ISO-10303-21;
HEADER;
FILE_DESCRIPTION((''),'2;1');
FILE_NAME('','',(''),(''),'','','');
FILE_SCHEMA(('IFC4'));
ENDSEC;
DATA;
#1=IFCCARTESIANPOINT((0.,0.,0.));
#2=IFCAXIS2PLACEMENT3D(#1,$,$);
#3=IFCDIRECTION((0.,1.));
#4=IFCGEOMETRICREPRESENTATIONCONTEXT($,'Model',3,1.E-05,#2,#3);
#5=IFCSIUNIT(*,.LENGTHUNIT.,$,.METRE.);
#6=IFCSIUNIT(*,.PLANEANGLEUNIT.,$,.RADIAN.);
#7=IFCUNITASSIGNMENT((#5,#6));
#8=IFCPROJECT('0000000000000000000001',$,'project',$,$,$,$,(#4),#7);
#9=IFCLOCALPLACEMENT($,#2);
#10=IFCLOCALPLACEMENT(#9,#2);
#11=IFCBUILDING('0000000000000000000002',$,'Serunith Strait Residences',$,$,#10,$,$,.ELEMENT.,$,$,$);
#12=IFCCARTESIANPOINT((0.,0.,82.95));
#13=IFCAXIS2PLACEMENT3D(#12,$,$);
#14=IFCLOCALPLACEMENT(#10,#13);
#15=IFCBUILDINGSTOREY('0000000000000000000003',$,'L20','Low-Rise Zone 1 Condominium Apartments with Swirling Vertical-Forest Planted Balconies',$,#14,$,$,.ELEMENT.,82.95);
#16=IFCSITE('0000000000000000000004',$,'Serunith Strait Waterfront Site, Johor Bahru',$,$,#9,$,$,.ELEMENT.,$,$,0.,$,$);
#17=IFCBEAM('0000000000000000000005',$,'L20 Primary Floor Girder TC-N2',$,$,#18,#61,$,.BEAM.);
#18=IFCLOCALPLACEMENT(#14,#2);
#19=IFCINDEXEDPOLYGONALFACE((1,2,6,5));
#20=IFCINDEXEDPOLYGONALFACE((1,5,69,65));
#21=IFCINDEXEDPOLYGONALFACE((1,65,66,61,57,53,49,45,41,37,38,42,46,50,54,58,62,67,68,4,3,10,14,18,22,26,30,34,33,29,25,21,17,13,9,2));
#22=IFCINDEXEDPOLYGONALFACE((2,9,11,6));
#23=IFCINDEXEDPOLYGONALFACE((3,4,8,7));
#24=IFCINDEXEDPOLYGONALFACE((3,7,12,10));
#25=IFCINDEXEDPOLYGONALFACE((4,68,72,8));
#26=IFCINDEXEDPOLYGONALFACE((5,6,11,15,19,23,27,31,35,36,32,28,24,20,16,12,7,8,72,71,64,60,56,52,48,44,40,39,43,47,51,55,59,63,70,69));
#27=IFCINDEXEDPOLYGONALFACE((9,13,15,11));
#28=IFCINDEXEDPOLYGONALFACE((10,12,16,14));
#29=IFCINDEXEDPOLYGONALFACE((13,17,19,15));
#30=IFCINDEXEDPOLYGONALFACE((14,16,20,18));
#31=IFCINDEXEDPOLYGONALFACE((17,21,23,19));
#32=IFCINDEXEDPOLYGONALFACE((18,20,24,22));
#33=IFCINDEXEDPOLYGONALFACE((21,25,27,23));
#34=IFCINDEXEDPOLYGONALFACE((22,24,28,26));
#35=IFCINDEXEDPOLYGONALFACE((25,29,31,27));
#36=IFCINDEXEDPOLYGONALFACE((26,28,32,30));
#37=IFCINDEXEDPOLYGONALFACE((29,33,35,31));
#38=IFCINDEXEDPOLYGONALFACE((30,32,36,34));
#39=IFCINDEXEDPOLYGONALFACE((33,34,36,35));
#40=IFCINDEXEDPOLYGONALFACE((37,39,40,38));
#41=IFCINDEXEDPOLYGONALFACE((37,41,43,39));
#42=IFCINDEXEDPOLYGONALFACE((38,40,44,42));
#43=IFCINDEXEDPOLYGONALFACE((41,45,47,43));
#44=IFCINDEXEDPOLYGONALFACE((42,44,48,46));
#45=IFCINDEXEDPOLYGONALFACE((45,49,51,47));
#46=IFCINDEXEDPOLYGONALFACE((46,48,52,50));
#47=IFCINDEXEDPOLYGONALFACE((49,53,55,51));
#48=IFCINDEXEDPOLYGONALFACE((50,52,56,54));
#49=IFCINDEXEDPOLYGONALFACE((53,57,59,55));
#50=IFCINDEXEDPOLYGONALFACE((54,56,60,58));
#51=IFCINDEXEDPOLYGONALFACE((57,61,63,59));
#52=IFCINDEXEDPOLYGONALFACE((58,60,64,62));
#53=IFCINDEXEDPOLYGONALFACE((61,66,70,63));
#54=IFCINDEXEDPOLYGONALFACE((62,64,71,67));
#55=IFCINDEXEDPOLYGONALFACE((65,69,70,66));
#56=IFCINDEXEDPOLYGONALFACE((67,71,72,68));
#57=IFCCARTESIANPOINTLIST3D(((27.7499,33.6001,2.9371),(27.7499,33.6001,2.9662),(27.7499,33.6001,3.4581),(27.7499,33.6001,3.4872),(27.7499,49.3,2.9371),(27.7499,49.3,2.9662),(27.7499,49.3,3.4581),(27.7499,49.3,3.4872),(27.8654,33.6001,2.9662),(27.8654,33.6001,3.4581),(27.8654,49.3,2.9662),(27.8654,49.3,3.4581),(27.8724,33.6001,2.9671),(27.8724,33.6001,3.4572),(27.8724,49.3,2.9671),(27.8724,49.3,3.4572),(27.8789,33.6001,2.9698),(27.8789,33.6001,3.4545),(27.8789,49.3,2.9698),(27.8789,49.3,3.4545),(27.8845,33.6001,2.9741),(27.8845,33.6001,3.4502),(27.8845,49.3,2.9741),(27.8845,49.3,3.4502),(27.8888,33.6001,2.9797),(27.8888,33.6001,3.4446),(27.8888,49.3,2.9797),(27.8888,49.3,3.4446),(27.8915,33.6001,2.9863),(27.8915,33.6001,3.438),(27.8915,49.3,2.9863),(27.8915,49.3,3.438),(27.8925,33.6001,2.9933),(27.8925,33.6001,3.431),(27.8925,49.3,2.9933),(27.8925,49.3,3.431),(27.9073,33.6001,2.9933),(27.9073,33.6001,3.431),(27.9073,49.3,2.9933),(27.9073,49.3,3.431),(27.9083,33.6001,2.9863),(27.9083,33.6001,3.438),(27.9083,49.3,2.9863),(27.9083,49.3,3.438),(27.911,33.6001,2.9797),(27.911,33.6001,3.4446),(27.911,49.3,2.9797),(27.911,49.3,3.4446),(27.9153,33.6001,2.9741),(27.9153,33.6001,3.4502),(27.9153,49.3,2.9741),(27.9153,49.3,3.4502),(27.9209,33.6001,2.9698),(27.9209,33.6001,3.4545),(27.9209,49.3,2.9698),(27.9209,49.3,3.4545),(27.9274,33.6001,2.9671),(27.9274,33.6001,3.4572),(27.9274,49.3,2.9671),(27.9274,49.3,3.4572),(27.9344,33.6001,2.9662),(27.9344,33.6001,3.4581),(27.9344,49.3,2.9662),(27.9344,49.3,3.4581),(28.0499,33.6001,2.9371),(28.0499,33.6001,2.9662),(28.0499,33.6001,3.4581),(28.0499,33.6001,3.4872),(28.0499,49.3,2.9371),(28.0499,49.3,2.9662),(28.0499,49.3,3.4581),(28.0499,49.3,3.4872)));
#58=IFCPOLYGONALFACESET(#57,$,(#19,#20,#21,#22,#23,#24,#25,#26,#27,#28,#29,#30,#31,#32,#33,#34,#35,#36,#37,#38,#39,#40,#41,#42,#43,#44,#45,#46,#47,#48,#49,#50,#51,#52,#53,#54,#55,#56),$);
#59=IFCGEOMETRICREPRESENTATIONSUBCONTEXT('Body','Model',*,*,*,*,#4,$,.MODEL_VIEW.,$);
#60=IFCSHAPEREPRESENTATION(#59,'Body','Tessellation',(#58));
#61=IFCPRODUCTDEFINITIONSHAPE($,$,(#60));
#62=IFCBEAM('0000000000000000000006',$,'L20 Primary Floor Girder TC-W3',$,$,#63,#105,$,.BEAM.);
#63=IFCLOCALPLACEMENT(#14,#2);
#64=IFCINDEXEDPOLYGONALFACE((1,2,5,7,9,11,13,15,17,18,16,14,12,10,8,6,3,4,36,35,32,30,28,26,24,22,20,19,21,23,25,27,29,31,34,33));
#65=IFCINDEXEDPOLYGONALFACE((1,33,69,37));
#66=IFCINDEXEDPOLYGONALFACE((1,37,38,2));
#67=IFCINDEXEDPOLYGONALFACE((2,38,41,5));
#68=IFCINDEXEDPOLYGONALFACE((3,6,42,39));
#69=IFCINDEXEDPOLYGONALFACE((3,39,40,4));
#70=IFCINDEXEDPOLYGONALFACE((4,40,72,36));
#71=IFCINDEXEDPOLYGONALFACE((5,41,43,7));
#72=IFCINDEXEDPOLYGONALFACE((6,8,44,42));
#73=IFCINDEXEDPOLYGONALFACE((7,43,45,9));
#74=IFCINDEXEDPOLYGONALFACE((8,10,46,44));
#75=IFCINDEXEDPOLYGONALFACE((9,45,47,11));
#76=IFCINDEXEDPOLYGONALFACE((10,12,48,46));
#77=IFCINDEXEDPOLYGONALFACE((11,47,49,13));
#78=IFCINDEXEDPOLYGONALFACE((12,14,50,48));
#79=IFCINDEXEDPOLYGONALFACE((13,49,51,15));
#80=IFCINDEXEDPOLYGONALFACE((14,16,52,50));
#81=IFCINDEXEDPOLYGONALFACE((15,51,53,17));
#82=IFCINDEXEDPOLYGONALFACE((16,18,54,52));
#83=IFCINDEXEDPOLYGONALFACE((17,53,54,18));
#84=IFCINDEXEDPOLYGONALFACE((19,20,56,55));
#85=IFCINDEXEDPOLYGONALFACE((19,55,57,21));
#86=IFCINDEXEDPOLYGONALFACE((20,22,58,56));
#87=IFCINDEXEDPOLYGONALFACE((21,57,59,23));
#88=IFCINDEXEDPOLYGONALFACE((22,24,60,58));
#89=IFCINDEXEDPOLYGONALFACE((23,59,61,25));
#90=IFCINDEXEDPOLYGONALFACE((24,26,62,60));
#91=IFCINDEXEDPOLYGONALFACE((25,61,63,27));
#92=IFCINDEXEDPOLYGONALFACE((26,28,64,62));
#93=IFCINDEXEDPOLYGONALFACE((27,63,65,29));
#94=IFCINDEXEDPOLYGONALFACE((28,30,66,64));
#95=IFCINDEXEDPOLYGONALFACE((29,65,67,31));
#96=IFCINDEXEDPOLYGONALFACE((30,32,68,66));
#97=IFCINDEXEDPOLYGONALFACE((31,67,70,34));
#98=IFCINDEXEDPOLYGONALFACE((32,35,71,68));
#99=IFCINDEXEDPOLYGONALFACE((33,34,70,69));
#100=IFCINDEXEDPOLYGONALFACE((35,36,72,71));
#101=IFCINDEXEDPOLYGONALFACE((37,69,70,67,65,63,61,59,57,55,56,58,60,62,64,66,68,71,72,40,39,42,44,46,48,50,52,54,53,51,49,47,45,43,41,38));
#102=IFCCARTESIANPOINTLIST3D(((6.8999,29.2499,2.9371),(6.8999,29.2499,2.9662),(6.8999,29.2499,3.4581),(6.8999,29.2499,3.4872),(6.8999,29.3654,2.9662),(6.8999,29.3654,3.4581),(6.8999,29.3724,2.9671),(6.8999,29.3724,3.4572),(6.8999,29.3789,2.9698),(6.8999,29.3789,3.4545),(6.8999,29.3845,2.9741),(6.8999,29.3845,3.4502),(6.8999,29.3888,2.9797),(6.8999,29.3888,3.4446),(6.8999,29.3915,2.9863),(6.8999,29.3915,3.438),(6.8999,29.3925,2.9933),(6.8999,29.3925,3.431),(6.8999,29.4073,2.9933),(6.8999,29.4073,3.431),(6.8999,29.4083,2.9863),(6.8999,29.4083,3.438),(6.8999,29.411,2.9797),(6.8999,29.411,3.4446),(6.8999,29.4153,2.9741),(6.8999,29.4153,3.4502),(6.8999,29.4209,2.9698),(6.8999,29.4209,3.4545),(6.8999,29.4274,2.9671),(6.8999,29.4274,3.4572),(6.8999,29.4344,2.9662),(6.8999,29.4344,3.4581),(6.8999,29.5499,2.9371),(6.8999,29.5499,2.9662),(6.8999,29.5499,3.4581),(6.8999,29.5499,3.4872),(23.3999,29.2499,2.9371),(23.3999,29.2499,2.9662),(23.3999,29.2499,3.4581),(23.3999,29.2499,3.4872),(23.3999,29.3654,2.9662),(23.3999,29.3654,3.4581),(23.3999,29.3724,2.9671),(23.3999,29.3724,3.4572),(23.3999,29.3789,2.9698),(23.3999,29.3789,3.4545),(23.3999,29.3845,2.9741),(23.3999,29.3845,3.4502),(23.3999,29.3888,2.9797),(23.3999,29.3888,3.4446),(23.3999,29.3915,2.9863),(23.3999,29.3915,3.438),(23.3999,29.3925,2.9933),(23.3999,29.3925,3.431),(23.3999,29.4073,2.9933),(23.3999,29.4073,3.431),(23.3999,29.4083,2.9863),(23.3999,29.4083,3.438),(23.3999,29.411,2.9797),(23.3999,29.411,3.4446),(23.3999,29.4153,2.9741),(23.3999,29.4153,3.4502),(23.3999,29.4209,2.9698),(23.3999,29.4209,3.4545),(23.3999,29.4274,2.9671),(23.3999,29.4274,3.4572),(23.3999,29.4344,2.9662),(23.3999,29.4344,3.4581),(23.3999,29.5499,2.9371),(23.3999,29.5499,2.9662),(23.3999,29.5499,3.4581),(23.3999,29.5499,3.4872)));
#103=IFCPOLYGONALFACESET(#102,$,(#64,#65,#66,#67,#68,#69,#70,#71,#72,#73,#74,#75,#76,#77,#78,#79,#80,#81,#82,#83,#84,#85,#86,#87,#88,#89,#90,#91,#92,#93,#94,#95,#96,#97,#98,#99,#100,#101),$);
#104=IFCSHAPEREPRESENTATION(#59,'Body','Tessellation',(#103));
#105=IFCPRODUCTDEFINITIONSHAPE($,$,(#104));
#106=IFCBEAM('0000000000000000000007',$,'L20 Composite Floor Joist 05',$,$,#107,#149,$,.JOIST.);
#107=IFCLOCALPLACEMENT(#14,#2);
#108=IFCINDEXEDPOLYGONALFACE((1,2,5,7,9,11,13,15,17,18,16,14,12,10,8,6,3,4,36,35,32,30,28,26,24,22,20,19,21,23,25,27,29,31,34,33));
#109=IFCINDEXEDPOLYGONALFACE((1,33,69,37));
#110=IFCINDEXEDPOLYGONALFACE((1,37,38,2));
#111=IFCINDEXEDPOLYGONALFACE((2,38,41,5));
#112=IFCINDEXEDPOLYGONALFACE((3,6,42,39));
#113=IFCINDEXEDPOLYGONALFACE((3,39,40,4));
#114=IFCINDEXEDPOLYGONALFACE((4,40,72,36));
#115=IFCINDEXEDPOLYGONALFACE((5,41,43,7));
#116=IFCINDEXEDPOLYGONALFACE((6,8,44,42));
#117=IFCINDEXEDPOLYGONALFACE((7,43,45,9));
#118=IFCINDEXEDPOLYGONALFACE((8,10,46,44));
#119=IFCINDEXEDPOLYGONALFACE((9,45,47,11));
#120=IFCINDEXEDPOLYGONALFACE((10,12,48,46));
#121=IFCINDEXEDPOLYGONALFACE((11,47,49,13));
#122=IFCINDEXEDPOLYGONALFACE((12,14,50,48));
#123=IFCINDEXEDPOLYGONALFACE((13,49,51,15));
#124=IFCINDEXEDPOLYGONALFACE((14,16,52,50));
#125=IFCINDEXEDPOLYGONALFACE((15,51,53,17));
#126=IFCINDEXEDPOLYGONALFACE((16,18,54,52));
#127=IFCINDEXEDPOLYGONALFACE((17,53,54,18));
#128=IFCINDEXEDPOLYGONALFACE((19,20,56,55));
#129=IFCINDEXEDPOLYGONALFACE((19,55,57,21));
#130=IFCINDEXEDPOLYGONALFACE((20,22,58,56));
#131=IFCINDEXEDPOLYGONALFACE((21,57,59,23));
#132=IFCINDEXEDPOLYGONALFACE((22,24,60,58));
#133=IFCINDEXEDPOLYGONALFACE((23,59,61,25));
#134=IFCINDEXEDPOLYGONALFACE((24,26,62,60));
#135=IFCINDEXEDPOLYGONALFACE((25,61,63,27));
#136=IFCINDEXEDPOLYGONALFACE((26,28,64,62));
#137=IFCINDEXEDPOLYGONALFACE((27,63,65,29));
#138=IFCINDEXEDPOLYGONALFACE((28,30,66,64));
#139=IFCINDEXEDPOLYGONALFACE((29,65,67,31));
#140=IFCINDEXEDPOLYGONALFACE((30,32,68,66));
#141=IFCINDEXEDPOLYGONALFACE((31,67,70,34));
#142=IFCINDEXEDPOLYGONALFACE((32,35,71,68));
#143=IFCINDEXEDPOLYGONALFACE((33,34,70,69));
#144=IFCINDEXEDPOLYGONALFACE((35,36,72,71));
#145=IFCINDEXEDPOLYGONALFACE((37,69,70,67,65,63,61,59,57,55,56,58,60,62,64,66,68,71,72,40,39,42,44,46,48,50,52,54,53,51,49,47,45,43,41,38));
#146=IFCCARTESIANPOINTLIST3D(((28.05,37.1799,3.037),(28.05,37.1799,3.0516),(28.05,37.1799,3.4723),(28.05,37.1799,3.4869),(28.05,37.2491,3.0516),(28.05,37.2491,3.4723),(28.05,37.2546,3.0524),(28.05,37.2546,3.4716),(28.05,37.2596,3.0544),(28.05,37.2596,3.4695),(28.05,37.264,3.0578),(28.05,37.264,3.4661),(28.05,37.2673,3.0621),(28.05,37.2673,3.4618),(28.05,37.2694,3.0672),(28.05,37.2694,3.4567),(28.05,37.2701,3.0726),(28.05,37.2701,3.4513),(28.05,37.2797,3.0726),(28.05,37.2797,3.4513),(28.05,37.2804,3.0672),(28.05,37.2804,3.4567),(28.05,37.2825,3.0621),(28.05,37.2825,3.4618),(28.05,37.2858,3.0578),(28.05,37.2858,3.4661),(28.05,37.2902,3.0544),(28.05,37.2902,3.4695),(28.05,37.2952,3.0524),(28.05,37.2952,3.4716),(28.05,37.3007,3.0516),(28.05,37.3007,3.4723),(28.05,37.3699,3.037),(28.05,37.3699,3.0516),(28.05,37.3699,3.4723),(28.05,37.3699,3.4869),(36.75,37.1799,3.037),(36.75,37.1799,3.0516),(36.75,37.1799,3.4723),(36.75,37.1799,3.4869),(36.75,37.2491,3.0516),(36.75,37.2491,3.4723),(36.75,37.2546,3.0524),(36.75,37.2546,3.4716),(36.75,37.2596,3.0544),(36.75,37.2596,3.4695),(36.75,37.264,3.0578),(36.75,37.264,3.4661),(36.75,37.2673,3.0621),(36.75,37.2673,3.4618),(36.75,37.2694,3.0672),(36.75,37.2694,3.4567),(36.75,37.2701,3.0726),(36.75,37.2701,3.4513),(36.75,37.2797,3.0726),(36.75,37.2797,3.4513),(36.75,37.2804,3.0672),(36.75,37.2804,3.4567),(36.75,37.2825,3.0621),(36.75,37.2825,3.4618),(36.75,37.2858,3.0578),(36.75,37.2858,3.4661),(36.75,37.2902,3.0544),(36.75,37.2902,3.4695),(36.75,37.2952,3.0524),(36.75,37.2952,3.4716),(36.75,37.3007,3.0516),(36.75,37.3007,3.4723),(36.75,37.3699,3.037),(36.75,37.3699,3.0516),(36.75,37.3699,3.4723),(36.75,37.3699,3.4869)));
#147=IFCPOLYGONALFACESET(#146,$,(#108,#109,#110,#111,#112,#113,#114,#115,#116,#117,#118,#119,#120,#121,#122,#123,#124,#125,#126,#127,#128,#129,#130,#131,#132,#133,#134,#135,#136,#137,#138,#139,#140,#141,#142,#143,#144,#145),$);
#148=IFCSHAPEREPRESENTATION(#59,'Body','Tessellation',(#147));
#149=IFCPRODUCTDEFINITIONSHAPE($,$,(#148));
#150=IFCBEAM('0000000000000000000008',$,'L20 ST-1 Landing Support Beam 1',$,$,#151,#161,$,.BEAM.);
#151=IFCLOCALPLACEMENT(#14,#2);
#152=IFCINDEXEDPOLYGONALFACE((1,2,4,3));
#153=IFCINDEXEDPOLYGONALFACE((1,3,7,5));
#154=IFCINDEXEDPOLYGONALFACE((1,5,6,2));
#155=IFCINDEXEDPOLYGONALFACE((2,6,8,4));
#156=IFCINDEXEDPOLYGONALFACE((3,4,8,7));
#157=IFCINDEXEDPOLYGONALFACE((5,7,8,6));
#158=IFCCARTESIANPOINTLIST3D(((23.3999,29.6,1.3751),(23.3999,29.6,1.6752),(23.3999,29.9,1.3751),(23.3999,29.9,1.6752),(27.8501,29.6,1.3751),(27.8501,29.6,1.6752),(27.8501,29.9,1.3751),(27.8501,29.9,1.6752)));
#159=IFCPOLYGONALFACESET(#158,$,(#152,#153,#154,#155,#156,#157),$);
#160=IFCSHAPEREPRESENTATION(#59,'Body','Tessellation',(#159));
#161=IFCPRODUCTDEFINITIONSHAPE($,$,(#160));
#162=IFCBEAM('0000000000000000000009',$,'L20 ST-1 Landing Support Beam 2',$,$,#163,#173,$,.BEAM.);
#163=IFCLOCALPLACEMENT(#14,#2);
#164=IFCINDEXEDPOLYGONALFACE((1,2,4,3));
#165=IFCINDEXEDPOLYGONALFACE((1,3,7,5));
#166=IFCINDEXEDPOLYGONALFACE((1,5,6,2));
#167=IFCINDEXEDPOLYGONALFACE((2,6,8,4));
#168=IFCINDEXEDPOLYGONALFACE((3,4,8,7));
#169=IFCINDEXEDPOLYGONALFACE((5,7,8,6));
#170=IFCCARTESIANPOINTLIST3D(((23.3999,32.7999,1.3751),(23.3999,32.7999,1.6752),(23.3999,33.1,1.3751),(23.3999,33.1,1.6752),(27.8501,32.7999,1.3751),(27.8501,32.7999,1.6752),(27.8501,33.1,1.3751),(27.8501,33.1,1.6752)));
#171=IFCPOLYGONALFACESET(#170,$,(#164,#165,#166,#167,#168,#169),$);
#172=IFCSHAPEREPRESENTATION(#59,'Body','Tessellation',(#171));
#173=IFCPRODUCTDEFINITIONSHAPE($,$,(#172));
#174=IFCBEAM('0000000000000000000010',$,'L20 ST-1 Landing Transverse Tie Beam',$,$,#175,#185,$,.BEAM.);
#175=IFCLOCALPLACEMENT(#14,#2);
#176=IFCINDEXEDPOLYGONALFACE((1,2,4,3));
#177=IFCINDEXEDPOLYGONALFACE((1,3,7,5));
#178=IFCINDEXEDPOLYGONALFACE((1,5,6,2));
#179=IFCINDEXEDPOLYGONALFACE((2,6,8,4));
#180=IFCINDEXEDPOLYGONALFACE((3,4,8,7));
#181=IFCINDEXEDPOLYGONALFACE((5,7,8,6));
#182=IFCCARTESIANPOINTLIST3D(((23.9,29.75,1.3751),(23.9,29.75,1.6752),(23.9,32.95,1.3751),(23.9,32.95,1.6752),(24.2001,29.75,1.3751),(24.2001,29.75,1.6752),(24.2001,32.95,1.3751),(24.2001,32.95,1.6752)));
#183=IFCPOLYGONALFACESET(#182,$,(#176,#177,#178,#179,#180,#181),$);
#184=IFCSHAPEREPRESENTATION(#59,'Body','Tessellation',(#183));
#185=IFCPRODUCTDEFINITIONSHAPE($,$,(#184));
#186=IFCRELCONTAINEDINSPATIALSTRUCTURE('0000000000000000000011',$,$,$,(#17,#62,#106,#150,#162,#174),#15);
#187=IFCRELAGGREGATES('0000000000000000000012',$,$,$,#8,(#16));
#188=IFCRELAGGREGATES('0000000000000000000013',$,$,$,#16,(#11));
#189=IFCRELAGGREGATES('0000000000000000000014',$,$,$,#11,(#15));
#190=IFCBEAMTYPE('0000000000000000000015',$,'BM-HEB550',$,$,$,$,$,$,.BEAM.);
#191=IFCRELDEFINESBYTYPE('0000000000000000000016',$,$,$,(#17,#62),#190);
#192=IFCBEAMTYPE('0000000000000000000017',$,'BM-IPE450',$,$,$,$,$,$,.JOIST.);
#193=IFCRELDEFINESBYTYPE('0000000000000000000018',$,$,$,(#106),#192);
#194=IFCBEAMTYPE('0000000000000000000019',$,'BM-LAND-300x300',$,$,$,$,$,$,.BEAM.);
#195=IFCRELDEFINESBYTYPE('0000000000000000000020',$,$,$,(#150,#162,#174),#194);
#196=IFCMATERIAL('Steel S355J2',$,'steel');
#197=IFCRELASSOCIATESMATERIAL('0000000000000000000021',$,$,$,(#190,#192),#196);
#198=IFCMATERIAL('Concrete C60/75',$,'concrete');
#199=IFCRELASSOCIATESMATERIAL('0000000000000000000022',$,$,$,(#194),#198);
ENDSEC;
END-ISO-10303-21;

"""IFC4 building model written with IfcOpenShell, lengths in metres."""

from ifc_helpers import new_model, si_unit, direction, frame, origin, origin_2d, place, context, subcontext, project, spatial, rectangle, i_section, extrude, source, transform, mapped, material, material_profile, profile_set, type_object, element, save


model = new_model("IFC4")

# Units and contexts
model_context = context("Model", 3, precision=1e-05, world=origin(), true_north=direction((0.0, 1.0)))
body_context = subcontext(model_context, "Body", "Model", "MODEL_VIEW")
ifc_project = project(units=[si_unit("LENGTHUNIT", "METRE"), si_unit("PLANEANGLEUNIT", "RADIAN")], contexts=[model_context])

# Site, building, storey
site_placement = place(None, origin())
site = spatial("IfcSite", under=ifc_project, at=site_placement, Name="Serunith Strait Waterfront Site, Johor Bahru", CompositionType="ELEMENT", RefElevation=0.0)
building_placement = place(site_placement, origin())
building = spatial("IfcBuilding", under=site, at=building_placement, Name="Serunith Strait Residences", CompositionType="ELEMENT")
storey_placement = place(building_placement, frame((0.0, 0.0, 82.95)))
storey = spatial("IfcBuildingStorey", under=building, at=storey_placement, Name="L20", Description="Low-Rise Zone 1 Condominium Apartments with Swirling Vertical-Forest Planted Balconies", CompositionType="ELEMENT", Elevation=82.95)

# Beams
ifc_material_1 = material(Name="Steel S355J2", Category="steel")
ifc_material_profile_1 = material_profile(ifc_material_1, i_section(OverallWidth=0.3, OverallDepth=0.55, WebThickness=0.0149, FlangeThickness=0.0291, FilletRadius=0.0271, at=origin_2d()), Name="HEB 550")
ifc_profile_set_1 = profile_set([ifc_material_profile_1], Name="Steel S355J2")
beam_type_1 = type_object("IfcBeamType", Name="BM-HEB550", PredefinedType="BEAM", material=ifc_profile_set_1)
shared_shape_1 = source(origin(), body_context, "Body", "SweptSolid", [
    extrude(i_section(OverallWidth=0.3, OverallDepth=0.55, WebThickness=0.0149, FlangeThickness=0.0291, FilletRadius=0.0271, at=origin_2d()), origin(), (0.0, 0.0, 1.0), 15.7),
])
beam_1_placement = place(storey_placement, frame((27.8999, 33.6001, 3.2122), z_axis=(0.0, 1.0, 0.0), x_axis=(-1.0, 0.0, 0.0)))
element("IfcBeam", 1, at=beam_1_placement, inside=storey, type_object=beam_type_1, Name="L20 Primary Floor Girder TC-N2", PredefinedType="BEAM", context=body_context, shape_type="MappedRepresentation", body=[
    mapped(shared_shape_1, transform((0.0, 0.0, 0.0), scale=1.0)),
])
shared_shape_2 = source(origin(), body_context, "Body", "SweptSolid", [
    extrude(i_section(OverallWidth=0.3, OverallDepth=0.55, WebThickness=0.0149, FlangeThickness=0.0291, FilletRadius=0.0271, at=origin_2d()), origin(), (0.0, 0.0, 1.0), 16.5),
])
beam_2_placement = place(storey_placement, frame((23.3999, 29.3999, 3.2122), z_axis=(-1.0, 0.0, 0.0), x_axis=(0.0, -1.0, 0.0)))
element("IfcBeam", 2, at=beam_2_placement, inside=storey, type_object=beam_type_1, Name="L20 Primary Floor Girder TC-W3", PredefinedType="BEAM", context=body_context, shape_type="MappedRepresentation", body=[
    mapped(shared_shape_2, transform((0.0, 0.0, 0.0), scale=1.0)),
])
ifc_material_profile_2 = material_profile(ifc_material_1, i_section(OverallWidth=0.1899, OverallDepth=0.45, WebThickness=0.0095, FlangeThickness=0.0146, FilletRadius=0.021, at=origin_2d()), Name="IPE 450")
ifc_profile_set_2 = profile_set([ifc_material_profile_2], Name="Steel S355J2")
beam_type_2 = type_object("IfcBeamType", Name="BM-IPE450", PredefinedType="JOIST", material=ifc_profile_set_2)
shared_shape_3 = source(origin(), body_context, "Body", "SweptSolid", [
    extrude(i_section(OverallWidth=0.1899, OverallDepth=0.45, WebThickness=0.0095, FlangeThickness=0.0146, FilletRadius=0.021, at=origin_2d()), origin(), (0.0, 0.0, 1.0), 8.7),
])
beam_3_placement = place(storey_placement, frame((28.05, 37.2749, 3.262), z_axis=(1.0, 0.0, 0.0), x_axis=(0.0, 1.0, 0.0)))
element("IfcBeam", 3, at=beam_3_placement, inside=storey, type_object=beam_type_2, Name="L20 Composite Floor Joist 05", PredefinedType="JOIST", context=body_context, shape_type="MappedRepresentation", body=[
    mapped(shared_shape_3, transform((0.0, 0.0, 0.0), scale=1.0)),
])
ifc_material_2 = material(Name="Concrete C60/75", Category="concrete")
ifc_material_profile_3 = material_profile(ifc_material_2, rectangle(XDim=0.3, YDim=0.3, at=origin_2d()), Name="RC 300x300")
ifc_profile_set_3 = profile_set([ifc_material_profile_3], Name="Concrete C60/75")
beam_type_3 = type_object("IfcBeamType", Name="BM-LAND-300x300", PredefinedType="BEAM", material=ifc_profile_set_3)
shared_shape_4 = source(origin(), body_context, "Body", "SweptSolid", [
    extrude(rectangle(XDim=0.3, YDim=0.3, at=origin_2d()), origin(), (0.0, 0.0, 1.0), 4.4502),
])
for number, where, z_axis, x_axis, name in (
    (4, (23.3999, 29.75, 1.5251), (1.0, 0.0, 0.0), (0.0, 1.0, 0.0), "L20 ST-1 Landing Support Beam 1"),
    (5, (23.3999, 32.95, 1.5251), (1.0, 0.0, 0.0), (0.0, 1.0, 0.0), "L20 ST-1 Landing Support Beam 2"),
):
    element("IfcBeam", number, at=place(storey_placement, frame(where, z_axis=z_axis, x_axis=x_axis)), inside=storey, type_object=beam_type_3, Name=name, PredefinedType="BEAM", context=body_context, shape_type="MappedRepresentation", body=[
        mapped(shared_shape_4, transform((0.0, 0.0, 0.0), scale=1.0)),
    ])
shared_shape_5 = source(origin(), body_context, "Body", "SweptSolid", [
    extrude(rectangle(XDim=0.3, YDim=0.3, at=origin_2d()), origin(), (0.0, 0.0, 1.0), 3.2),
])
beam_4_placement = place(storey_placement, frame((24.05, 29.75, 1.5251), z_axis=(0.0, 1.0, 0.0), x_axis=(-1.0, 0.0, 0.0)))
element("IfcBeam", 6, at=beam_4_placement, inside=storey, type_object=beam_type_3, Name="L20 ST-1 Landing Transverse Tie Beam", PredefinedType="BEAM", context=body_context, shape_type="MappedRepresentation", body=[
    mapped(shared_shape_5, transform((0.0, 0.0, 0.0), scale=1.0)),
])

save(model, "model.ifc")
